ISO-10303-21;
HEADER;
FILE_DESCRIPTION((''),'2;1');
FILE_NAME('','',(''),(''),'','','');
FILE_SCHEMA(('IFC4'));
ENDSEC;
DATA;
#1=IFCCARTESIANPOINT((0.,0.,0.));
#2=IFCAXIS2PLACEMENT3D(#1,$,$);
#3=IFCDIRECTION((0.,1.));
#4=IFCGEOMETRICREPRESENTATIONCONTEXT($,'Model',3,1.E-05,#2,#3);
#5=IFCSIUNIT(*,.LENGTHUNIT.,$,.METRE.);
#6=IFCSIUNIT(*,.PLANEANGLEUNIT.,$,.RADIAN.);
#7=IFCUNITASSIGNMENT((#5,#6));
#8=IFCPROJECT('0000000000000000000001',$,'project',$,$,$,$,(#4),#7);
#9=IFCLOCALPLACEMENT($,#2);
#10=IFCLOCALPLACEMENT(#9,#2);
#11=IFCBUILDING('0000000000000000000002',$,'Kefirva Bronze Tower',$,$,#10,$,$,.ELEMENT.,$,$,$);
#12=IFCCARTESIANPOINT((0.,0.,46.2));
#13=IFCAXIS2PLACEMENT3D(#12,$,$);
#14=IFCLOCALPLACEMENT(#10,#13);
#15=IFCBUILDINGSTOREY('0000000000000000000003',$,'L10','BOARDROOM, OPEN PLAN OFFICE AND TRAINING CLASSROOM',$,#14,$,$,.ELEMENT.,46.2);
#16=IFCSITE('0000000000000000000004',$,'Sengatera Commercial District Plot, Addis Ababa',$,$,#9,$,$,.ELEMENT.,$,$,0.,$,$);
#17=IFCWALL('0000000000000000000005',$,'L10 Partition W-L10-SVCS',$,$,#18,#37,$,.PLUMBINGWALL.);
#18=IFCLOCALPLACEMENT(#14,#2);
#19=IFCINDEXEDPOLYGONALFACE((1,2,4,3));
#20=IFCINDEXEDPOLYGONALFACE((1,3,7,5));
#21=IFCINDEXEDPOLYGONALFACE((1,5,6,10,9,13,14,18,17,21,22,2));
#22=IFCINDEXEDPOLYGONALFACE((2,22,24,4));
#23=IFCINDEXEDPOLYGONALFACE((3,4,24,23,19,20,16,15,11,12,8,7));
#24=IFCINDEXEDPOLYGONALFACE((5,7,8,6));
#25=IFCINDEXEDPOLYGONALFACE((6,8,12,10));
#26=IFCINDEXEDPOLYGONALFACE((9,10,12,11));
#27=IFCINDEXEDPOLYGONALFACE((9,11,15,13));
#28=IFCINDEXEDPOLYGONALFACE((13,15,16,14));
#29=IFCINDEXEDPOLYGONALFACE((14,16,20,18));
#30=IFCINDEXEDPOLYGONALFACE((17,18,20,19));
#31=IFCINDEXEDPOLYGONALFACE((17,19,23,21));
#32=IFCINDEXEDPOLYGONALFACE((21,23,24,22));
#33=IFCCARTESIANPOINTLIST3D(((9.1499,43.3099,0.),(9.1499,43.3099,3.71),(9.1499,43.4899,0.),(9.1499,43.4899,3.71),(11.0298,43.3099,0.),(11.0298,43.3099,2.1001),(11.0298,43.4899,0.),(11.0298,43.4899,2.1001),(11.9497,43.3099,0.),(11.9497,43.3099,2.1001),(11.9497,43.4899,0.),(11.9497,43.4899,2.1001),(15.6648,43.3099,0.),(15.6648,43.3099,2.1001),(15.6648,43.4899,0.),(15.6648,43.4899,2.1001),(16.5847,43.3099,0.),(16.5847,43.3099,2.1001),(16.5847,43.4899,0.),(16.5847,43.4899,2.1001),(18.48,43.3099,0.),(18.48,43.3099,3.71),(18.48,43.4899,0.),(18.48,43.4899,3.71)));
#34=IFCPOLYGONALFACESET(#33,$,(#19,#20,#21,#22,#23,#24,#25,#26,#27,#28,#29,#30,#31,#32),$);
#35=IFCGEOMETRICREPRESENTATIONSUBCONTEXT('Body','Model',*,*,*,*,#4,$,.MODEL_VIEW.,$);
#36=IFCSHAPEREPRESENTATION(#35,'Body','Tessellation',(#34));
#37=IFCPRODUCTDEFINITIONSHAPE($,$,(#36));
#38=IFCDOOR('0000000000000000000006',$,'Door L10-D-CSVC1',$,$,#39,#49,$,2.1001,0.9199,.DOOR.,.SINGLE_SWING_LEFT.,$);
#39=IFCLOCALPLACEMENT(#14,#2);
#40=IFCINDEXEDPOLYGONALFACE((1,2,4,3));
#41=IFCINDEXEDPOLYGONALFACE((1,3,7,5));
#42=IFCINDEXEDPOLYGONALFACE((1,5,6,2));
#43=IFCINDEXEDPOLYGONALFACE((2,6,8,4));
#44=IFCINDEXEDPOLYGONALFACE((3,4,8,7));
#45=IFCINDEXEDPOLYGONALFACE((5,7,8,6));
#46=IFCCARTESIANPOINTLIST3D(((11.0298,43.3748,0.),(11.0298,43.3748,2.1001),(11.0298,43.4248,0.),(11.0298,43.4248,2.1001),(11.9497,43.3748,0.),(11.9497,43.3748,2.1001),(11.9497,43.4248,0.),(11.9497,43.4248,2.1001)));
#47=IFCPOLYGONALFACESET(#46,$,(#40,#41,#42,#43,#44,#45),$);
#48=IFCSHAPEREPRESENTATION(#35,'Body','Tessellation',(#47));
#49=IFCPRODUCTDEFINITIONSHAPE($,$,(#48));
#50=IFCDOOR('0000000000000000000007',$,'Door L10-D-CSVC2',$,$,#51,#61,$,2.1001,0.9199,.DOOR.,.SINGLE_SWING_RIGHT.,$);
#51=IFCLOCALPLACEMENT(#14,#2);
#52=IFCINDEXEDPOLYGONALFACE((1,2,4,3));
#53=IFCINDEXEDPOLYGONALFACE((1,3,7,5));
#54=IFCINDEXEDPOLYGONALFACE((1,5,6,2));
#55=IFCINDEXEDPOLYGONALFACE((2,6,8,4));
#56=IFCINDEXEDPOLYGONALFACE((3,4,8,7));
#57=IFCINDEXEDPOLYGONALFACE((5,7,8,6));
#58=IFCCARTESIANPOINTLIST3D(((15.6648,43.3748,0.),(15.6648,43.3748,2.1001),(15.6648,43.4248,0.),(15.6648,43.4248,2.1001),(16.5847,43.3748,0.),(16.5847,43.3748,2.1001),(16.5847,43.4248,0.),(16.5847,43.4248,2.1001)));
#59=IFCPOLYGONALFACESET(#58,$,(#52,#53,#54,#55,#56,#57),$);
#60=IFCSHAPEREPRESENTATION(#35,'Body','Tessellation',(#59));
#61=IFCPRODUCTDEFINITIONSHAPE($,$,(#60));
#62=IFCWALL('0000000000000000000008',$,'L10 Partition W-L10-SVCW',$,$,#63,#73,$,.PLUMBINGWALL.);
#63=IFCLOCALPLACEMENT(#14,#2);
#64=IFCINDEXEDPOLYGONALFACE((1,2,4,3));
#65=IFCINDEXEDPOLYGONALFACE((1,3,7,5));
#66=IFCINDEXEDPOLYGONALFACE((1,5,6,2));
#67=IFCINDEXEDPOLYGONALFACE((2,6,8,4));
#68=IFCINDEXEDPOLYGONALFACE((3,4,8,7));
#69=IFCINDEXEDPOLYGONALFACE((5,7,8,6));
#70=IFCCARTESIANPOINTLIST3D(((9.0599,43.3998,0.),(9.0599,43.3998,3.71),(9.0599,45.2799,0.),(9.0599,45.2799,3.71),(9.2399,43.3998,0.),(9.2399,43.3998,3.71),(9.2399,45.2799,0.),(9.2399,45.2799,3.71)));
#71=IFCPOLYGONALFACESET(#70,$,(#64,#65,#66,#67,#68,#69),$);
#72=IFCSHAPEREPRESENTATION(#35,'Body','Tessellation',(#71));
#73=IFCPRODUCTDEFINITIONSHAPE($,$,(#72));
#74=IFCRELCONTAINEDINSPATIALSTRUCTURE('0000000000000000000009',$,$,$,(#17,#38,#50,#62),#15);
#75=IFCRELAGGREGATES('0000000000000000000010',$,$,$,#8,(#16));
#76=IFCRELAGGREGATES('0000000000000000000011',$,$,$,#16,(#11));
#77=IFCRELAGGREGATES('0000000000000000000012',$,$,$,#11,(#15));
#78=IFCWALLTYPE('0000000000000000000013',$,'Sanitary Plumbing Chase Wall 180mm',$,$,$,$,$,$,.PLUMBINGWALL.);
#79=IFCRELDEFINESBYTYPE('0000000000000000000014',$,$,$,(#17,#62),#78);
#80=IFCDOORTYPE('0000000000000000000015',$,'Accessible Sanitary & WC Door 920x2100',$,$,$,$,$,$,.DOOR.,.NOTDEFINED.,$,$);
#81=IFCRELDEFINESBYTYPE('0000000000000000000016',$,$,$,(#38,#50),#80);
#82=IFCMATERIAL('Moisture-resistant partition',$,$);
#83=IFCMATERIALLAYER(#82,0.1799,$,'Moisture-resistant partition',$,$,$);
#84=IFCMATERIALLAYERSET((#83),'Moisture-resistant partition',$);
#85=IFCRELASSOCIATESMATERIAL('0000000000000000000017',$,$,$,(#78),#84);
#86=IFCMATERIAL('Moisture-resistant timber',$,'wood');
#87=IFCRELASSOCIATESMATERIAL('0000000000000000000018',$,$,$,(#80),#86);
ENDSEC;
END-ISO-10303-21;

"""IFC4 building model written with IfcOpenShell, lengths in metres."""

from ifc_helpers import new_model, si_unit, direction, frame, frame_2d, origin, place, context, subcontext, project, spatial, rectangle, extrude, material, layer, layer_set, type_object, element, fill, save


model = new_model("IFC4")

# Units and contexts
model_context = context("Model", 3, precision=1e-05, world=origin(), true_north=direction((0.0, 1.0)))
body_context = subcontext(model_context, "Body", "Model", "MODEL_VIEW")
ifc_project = project(units=[si_unit("LENGTHUNIT", "METRE"), si_unit("PLANEANGLEUNIT", "RADIAN")], contexts=[model_context])

# Site, building, storey
site_placement = place(None, origin())
site = spatial("IfcSite", under=ifc_project, at=site_placement, Name="Sengatera Commercial District Plot, Addis Ababa", CompositionType="ELEMENT", RefElevation=0.0)
building_placement = place(site_placement, origin())
building = spatial("IfcBuilding", under=site, at=building_placement, Name="Kefirva Bronze Tower", CompositionType="ELEMENT")
storey_placement = place(building_placement, frame((0.0, 0.0, 46.2)))
storey = spatial("IfcBuildingStorey", under=building, at=storey_placement, Name="L10", Description="BOARDROOM, OPEN PLAN OFFICE AND TRAINING CLASSROOM", CompositionType="ELEMENT", Elevation=46.2)

# Wall, openings, doors
ifc_material_1 = material(Name="Moisture-resistant partition")
ifc_layer_1 = layer(ifc_material_1, 0.1799, Name="Moisture-resistant partition")
ifc_layer_set_1 = layer_set([ifc_layer_1], Name="Moisture-resistant partition")
wall_type_1 = type_object("IfcWallType", Name="Sanitary Plumbing Chase Wall 180mm", PredefinedType="PLUMBINGWALL", material=ifc_layer_set_1)
wall_1_placement = place(storey_placement, frame((9.1499, 43.3999, 0.0), z_axis=(0.0, 0.0, 1.0), x_axis=(1.0, 0.0, 0.0)))
wall_1 = element("IfcWall", 1, at=wall_1_placement, inside=storey, type_object=wall_type_1, Name="L10 Partition W-L10-SVCS", PredefinedType="PLUMBINGWALL", context=body_context, shape_type="SweptSolid", body=[
    extrude(rectangle(XDim=9.3301, YDim=0.1799, at=frame_2d((4.665, 0.0))), origin(), (0.0, 0.0, 1.0), 3.71),
])
opening_1_placement = place(wall_1_placement, frame((1.8799, 0.0, 0.0)))
opening_1 = element("IfcOpeningElement", 2, at=opening_1_placement, cuts=wall_1, PredefinedType="OPENING", context=body_context, shape_type="SweptSolid", body=[
    extrude(rectangle(XDim=0.9199, YDim=2.1001, at=frame_2d((0.46, 1.05))), frame((0.0, 0.1001, 0.0), z_axis=(0.0, -1.0, 0.0), x_axis=(1.0, 0.0, 0.0)), (0.0, 0.0, 1.0), 0.2),
])
opening_2_placement = place(wall_1_placement, frame((6.5149, 0.0, 0.0)))
opening_2 = element("IfcOpeningElement", 3, at=opening_2_placement, cuts=wall_1, PredefinedType="OPENING", context=body_context, shape_type="SweptSolid", body=[
    extrude(rectangle(XDim=0.9199, YDim=2.1001, at=frame_2d((0.46, 1.05))), frame((0.0, 0.1001, 0.0), z_axis=(0.0, -1.0, 0.0), x_axis=(1.0, 0.0, 0.0)), (0.0, 0.0, 1.0), 0.2),
])
ifc_material_2 = material(Name="Moisture-resistant timber", Category="wood")
door_type_1 = type_object("IfcDoorType", Name="Accessible Sanitary & WC Door 920x2100", OperationType="NOTDEFINED", PredefinedType="DOOR", material=ifc_material_2)
door_1_placement = place(opening_1_placement, origin())
door_1 = element("IfcDoor", 4, at=door_1_placement, inside=storey, type_object=door_type_1, Name="Door L10-D-CSVC1", OperationType="SINGLE_SWING_LEFT", OverallHeight=2.1001, OverallWidth=0.9199, PredefinedType="DOOR", context=body_context, shape_type="SweptSolid", body=[
    extrude(rectangle(XDim=0.9199, YDim=2.1001, at=frame_2d((0.46, 1.05))), frame((0.0, 0.0249, 0.0), z_axis=(0.0, -1.0, 0.0), x_axis=(1.0, 0.0, 0.0)), (0.0, 0.0, 1.0), 0.05),
])
fill(opening_1, door_1)
door_2_placement = place(opening_2_placement, origin())
door_2 = element("IfcDoor", 5, at=door_2_placement, inside=storey, type_object=door_type_1, Name="Door L10-D-CSVC2", OperationType="SINGLE_SWING_RIGHT", OverallHeight=2.1001, OverallWidth=0.9199, PredefinedType="DOOR", context=body_context, shape_type="SweptSolid", body=[
    extrude(rectangle(XDim=0.9199, YDim=2.1001, at=frame_2d((0.46, 1.05))), frame((0.0, 0.0249, 0.0), z_axis=(0.0, -1.0, 0.0), x_axis=(1.0, 0.0, 0.0)), (0.0, 0.0, 1.0), 0.05),
])
fill(opening_2, door_2)

# Wall
wall_2_placement = place(storey_placement, frame((9.1499, 43.3999, 0.0), z_axis=(0.0, 0.0, 1.0), x_axis=(0.0, 1.0, 0.0)))
element("IfcWall", 6, at=wall_2_placement, inside=storey, type_object=wall_type_1, Name="L10 Partition W-L10-SVCW", PredefinedType="PLUMBINGWALL", context=body_context, shape_type="SweptSolid", body=[
    extrude(rectangle(XDim=1.8801, YDim=0.1799, at=frame_2d((0.9399, 0.0))), origin(), (0.0, 0.0, 1.0), 3.71),
])

save(model, "model.ifc")
